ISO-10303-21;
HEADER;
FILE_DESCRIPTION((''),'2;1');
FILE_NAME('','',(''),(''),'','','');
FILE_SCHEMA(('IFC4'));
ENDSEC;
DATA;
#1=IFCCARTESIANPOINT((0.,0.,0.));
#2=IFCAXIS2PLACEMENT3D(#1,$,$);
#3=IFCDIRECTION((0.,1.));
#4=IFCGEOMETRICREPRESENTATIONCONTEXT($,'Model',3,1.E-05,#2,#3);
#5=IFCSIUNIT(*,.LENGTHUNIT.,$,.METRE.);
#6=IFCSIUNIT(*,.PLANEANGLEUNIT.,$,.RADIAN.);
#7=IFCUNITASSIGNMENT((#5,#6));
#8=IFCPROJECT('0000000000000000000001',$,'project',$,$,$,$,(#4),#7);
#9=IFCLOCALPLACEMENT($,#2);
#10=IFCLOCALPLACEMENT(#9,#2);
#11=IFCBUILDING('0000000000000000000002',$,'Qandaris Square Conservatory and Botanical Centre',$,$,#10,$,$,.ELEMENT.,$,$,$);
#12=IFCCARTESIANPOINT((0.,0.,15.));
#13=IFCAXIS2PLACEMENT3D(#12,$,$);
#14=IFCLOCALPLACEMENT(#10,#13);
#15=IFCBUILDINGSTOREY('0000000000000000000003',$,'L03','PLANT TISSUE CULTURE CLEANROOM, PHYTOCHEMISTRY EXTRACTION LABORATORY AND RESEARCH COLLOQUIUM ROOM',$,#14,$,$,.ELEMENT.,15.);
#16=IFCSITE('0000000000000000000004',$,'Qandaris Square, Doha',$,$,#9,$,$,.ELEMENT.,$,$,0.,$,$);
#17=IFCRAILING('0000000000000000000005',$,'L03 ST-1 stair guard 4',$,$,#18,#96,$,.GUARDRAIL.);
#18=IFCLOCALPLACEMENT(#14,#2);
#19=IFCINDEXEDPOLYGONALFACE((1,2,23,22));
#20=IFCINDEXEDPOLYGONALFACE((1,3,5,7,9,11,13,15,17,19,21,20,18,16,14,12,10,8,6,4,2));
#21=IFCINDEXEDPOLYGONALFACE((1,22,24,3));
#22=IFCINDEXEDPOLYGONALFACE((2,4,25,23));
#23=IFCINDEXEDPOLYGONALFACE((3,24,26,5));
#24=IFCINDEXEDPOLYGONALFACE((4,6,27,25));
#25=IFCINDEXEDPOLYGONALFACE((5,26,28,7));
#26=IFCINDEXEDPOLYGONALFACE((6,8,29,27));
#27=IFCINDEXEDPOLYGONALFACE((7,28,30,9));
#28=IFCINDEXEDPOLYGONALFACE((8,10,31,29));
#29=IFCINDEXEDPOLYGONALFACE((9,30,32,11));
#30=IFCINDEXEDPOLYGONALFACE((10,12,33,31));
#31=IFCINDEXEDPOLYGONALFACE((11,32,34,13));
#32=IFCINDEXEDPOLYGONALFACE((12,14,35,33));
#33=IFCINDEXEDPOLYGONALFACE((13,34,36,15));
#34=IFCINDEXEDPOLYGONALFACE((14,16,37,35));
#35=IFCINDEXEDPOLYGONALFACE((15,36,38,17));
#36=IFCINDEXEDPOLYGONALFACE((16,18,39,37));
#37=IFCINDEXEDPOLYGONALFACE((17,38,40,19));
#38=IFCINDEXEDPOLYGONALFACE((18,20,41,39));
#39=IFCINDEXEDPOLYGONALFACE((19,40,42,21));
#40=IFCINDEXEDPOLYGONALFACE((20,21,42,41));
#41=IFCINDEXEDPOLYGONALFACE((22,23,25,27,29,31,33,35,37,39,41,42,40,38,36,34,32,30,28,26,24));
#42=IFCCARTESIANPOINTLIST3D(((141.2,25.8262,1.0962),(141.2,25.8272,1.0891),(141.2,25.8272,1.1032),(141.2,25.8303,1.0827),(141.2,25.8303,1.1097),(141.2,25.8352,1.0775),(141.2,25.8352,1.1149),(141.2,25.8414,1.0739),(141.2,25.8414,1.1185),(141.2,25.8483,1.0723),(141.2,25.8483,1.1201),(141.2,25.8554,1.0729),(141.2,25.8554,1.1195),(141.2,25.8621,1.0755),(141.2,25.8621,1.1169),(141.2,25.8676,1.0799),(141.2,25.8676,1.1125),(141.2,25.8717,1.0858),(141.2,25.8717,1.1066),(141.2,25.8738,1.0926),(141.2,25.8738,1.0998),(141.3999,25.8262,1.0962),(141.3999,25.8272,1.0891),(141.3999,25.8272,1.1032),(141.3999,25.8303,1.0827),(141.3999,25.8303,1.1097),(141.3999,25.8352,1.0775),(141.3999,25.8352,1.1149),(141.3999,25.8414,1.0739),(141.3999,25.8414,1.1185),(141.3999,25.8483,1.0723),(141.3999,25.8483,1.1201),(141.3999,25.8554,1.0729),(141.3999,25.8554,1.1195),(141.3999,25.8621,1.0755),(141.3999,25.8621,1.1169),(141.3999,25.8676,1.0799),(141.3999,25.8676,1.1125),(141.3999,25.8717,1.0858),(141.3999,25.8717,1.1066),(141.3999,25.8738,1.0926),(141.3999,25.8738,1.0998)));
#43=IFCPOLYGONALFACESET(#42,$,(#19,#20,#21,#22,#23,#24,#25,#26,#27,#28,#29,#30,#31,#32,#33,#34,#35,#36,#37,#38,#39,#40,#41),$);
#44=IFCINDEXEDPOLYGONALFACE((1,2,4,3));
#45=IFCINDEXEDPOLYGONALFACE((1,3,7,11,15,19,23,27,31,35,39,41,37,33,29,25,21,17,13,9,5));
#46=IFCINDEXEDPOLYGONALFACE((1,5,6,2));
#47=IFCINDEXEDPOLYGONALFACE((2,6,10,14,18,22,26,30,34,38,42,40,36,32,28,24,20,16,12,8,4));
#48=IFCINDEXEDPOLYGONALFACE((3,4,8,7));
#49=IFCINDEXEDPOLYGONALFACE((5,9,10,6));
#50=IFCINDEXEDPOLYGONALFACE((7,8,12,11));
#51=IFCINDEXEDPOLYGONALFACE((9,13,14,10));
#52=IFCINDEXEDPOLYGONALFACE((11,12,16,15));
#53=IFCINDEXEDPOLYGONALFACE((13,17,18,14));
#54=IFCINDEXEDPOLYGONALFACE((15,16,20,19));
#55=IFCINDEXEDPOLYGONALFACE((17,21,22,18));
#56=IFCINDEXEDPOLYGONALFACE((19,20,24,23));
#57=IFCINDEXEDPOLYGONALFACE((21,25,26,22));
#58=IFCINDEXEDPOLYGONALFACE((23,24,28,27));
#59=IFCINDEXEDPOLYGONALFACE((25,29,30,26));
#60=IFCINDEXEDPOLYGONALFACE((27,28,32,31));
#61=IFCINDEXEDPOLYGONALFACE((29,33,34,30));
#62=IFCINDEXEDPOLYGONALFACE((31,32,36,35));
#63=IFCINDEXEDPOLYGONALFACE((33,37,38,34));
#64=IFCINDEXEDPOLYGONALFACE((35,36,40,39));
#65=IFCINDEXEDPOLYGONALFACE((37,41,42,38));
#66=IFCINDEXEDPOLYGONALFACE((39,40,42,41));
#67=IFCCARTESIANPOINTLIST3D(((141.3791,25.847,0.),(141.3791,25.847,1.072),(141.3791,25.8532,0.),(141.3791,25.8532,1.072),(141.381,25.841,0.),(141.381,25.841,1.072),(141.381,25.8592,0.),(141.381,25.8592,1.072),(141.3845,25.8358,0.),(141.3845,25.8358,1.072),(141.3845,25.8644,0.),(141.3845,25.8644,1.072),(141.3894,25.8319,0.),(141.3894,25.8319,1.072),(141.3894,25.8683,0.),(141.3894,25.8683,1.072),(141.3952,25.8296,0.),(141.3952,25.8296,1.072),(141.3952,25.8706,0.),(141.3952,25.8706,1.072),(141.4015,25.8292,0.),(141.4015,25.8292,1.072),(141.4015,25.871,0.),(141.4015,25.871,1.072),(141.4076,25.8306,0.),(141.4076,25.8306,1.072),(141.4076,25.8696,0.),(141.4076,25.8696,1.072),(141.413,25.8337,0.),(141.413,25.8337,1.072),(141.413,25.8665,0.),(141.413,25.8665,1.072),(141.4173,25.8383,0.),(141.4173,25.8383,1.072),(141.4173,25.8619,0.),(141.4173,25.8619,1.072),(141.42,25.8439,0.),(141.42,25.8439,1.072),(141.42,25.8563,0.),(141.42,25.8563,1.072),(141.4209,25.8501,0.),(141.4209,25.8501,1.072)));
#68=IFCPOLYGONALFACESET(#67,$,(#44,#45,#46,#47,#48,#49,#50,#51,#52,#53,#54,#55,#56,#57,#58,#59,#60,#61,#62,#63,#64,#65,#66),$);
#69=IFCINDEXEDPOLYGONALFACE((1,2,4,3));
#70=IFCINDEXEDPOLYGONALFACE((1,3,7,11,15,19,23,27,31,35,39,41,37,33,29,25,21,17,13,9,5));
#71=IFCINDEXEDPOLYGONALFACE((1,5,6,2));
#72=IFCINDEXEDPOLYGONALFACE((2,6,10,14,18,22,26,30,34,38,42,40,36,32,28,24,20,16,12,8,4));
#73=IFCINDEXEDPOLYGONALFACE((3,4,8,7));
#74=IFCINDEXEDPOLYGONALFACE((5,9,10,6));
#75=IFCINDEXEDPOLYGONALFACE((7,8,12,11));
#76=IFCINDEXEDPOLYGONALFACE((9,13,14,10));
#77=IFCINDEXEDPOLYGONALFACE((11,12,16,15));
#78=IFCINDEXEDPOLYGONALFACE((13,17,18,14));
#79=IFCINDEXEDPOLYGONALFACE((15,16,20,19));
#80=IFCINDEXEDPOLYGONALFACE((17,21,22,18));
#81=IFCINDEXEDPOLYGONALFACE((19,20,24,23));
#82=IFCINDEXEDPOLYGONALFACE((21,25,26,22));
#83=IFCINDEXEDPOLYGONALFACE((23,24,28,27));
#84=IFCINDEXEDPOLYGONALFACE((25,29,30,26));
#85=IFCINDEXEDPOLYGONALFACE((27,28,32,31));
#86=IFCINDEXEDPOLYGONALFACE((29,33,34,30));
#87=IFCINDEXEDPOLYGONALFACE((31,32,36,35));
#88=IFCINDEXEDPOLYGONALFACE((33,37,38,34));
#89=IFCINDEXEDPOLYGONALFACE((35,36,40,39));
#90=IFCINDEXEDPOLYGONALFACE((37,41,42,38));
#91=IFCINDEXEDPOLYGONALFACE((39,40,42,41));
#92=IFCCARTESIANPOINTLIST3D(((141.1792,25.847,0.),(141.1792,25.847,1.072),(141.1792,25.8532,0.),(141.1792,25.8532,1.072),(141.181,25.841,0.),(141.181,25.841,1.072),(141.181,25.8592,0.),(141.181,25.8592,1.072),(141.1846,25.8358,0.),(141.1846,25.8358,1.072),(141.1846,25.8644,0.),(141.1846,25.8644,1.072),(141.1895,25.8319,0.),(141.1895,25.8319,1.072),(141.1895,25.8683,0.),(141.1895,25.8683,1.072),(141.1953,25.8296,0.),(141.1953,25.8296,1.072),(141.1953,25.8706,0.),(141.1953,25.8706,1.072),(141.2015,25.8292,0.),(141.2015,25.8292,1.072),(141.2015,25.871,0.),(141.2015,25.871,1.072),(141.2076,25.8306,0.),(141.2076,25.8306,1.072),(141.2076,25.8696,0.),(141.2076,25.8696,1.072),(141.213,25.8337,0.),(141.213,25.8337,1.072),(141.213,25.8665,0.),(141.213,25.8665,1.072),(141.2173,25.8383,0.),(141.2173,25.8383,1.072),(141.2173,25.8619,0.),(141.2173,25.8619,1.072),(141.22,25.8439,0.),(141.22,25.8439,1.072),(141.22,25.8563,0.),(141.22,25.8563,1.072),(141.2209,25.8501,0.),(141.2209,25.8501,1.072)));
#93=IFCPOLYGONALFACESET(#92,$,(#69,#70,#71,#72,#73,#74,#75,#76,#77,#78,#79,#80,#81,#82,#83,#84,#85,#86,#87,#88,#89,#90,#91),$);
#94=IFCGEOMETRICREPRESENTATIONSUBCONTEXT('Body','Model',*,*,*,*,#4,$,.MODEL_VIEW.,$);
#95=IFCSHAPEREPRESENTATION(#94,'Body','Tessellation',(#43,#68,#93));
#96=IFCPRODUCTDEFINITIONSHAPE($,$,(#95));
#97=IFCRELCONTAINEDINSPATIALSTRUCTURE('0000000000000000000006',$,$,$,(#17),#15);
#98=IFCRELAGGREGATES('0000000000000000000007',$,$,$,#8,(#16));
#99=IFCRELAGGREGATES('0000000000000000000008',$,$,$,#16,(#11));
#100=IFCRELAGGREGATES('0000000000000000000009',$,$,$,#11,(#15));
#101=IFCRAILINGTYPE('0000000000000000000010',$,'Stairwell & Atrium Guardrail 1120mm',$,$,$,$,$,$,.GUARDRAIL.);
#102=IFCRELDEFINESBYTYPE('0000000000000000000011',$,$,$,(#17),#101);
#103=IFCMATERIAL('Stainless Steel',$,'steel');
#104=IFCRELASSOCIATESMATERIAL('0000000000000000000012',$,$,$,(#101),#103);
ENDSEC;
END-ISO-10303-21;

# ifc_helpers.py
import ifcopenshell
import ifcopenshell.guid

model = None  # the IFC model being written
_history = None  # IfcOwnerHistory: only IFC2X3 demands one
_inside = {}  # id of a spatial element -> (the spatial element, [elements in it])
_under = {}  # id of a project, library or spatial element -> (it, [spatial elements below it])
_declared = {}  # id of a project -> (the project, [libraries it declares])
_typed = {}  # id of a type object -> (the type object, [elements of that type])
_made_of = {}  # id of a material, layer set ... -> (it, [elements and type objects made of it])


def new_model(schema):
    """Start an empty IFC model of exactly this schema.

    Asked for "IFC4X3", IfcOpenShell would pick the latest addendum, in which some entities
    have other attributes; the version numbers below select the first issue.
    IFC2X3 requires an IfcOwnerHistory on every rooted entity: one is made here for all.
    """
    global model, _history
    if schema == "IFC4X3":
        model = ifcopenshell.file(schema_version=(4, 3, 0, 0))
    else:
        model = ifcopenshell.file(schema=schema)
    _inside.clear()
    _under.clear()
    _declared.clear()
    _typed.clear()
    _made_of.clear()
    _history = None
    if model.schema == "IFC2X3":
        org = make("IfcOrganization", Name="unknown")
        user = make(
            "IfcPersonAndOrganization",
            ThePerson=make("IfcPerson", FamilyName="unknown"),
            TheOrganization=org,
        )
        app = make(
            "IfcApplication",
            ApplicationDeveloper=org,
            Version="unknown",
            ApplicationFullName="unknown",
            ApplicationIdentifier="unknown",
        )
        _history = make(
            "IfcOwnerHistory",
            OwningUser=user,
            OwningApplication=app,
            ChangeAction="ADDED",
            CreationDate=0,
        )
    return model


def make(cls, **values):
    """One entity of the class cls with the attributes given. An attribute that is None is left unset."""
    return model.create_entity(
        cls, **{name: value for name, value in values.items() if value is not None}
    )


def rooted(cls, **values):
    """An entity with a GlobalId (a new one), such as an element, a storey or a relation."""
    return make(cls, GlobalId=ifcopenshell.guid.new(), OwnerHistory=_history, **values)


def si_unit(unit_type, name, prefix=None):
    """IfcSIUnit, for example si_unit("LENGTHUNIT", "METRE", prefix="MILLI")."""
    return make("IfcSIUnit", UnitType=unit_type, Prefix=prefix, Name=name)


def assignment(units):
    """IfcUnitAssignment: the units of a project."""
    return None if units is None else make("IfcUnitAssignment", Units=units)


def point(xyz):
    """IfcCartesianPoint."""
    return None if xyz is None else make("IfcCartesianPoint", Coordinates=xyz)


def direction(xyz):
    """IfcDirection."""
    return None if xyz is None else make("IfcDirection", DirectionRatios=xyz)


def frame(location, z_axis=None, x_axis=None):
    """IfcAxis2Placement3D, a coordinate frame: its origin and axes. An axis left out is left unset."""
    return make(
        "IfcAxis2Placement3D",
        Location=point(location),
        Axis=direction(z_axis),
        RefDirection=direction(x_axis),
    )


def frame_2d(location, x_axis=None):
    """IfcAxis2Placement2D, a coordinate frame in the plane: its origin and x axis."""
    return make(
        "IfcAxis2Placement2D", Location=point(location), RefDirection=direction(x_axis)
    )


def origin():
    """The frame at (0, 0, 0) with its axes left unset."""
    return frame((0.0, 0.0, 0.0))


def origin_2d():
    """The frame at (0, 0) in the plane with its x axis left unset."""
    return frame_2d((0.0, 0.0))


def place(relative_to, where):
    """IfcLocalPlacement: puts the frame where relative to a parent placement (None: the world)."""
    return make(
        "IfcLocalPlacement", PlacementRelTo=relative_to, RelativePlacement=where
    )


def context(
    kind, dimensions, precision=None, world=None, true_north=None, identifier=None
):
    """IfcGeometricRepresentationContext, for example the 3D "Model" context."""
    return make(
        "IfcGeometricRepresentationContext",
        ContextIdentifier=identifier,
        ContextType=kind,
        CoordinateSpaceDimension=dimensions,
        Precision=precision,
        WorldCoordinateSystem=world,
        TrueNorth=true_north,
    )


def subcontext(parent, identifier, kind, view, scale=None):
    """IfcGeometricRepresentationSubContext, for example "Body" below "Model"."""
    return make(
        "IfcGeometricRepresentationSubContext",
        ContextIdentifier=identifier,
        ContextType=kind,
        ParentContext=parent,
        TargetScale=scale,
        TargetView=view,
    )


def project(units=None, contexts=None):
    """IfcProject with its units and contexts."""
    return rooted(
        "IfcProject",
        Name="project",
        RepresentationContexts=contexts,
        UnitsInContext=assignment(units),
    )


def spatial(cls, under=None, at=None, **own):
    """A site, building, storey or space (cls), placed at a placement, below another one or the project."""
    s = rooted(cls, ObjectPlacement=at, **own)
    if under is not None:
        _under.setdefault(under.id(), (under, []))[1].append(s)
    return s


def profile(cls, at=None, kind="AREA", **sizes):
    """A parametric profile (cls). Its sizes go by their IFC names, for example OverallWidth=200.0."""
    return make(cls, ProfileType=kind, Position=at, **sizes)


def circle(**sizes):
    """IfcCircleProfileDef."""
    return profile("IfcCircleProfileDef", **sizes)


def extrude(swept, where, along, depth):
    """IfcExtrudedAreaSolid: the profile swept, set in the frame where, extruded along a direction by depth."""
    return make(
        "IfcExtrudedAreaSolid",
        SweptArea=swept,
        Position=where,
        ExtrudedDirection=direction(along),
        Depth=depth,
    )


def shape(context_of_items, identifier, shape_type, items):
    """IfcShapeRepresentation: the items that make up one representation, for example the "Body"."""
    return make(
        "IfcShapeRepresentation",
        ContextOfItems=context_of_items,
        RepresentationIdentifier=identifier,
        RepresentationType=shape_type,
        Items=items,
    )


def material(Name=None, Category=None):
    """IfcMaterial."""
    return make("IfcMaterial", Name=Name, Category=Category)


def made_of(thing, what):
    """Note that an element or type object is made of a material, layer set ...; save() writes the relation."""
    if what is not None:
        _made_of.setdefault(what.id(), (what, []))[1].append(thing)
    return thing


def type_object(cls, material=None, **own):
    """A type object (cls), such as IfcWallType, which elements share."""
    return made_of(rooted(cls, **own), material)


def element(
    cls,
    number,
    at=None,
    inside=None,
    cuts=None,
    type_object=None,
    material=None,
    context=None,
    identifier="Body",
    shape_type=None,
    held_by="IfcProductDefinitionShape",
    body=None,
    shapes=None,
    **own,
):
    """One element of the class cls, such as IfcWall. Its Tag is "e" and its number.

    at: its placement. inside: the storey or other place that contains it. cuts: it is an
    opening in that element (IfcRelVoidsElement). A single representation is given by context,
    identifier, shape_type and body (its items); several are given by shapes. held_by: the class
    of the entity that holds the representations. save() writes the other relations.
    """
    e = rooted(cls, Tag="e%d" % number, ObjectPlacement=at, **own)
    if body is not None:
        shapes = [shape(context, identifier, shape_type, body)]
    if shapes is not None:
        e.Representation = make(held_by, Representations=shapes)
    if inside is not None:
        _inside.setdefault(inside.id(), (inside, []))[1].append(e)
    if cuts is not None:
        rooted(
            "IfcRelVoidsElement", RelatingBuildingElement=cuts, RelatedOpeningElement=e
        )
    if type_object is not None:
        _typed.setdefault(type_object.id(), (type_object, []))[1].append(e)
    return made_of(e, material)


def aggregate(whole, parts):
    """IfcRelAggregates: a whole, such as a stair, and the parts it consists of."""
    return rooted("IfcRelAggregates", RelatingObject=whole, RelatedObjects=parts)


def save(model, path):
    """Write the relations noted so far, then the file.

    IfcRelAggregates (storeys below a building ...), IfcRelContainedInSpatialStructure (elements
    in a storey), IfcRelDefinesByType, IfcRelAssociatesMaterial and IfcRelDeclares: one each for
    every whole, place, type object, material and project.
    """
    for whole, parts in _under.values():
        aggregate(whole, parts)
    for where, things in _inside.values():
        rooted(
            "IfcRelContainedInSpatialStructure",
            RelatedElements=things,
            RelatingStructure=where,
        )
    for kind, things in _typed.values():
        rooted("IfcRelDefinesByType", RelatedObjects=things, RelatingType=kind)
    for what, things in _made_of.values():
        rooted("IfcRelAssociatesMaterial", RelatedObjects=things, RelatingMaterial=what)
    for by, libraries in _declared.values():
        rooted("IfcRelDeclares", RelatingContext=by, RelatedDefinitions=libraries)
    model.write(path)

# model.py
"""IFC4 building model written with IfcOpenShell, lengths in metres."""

from ifc_helpers import new_model, si_unit, direction, frame, origin, origin_2d, place, context, subcontext, project, spatial, circle, extrude, material, type_object, element, save


model = new_model("IFC4")

# Units and contexts
model_context = context("Model", 3, precision=1e-05, world=origin(), true_north=direction((0.0, 1.0)))
body_context = subcontext(model_context, "Body", "Model", "MODEL_VIEW")
ifc_project = project(units=[si_unit("LENGTHUNIT", "METRE"), si_unit("PLANEANGLEUNIT", "RADIAN")], contexts=[model_context])

# Site, building, storey
site_placement = place(None, origin())
site = spatial("IfcSite", under=ifc_project, at=site_placement, Name="Qandaris Square, Doha", CompositionType="ELEMENT", RefElevation=0.0)
building_placement = place(site_placement, origin())
building = spatial("IfcBuilding", under=site, at=building_placement, Name="Qandaris Square Conservatory and Botanical Centre", CompositionType="ELEMENT")
storey_placement = place(building_placement, frame((0.0, 0.0, 15.0)))
storey = spatial("IfcBuildingStorey", under=building, at=storey_placement, Name="L03", Description="PLANT TISSUE CULTURE CLEANROOM, PHYTOCHEMISTRY EXTRACTION LABORATORY AND RESEARCH COLLOQUIUM ROOM", CompositionType="ELEMENT", Elevation=15.0)

# Railing
ifc_material_1 = material(Name="Stainless Steel", Category="steel")
railing_type = type_object("IfcRailingType", Name="Stairwell & Atrium Guardrail 1120mm", PredefinedType="GUARDRAIL", material=ifc_material_1)
railing_1_placement = place(storey_placement, frame((141.3999, 25.8501, 0.0)))
element("IfcRailing", 1, at=railing_1_placement, inside=storey, type_object=railing_type, Name="L03 ST-1 stair guard 4", PredefinedType="GUARDRAIL", context=body_context, shape_type="SweptSolid", body=[
    extrude(circle(Radius=0.0239, at=origin_2d()), frame((0.0, 0.0, 1.0962), z_axis=(-1.0, 0.0, 0.0), x_axis=(0.0, -1.0, 0.0)), (0.0, 0.0, 1.0), 0.2),
    extrude(circle(Radius=0.021, at=origin_2d()), origin(), (0.0, 0.0, 1.0), 1.072),
    extrude(circle(Radius=0.021, at=origin_2d()), frame((-0.2, 0.0, 0.0)), (0.0, 0.0, 1.0), 1.072),
])

save(model, "model.ifc")
